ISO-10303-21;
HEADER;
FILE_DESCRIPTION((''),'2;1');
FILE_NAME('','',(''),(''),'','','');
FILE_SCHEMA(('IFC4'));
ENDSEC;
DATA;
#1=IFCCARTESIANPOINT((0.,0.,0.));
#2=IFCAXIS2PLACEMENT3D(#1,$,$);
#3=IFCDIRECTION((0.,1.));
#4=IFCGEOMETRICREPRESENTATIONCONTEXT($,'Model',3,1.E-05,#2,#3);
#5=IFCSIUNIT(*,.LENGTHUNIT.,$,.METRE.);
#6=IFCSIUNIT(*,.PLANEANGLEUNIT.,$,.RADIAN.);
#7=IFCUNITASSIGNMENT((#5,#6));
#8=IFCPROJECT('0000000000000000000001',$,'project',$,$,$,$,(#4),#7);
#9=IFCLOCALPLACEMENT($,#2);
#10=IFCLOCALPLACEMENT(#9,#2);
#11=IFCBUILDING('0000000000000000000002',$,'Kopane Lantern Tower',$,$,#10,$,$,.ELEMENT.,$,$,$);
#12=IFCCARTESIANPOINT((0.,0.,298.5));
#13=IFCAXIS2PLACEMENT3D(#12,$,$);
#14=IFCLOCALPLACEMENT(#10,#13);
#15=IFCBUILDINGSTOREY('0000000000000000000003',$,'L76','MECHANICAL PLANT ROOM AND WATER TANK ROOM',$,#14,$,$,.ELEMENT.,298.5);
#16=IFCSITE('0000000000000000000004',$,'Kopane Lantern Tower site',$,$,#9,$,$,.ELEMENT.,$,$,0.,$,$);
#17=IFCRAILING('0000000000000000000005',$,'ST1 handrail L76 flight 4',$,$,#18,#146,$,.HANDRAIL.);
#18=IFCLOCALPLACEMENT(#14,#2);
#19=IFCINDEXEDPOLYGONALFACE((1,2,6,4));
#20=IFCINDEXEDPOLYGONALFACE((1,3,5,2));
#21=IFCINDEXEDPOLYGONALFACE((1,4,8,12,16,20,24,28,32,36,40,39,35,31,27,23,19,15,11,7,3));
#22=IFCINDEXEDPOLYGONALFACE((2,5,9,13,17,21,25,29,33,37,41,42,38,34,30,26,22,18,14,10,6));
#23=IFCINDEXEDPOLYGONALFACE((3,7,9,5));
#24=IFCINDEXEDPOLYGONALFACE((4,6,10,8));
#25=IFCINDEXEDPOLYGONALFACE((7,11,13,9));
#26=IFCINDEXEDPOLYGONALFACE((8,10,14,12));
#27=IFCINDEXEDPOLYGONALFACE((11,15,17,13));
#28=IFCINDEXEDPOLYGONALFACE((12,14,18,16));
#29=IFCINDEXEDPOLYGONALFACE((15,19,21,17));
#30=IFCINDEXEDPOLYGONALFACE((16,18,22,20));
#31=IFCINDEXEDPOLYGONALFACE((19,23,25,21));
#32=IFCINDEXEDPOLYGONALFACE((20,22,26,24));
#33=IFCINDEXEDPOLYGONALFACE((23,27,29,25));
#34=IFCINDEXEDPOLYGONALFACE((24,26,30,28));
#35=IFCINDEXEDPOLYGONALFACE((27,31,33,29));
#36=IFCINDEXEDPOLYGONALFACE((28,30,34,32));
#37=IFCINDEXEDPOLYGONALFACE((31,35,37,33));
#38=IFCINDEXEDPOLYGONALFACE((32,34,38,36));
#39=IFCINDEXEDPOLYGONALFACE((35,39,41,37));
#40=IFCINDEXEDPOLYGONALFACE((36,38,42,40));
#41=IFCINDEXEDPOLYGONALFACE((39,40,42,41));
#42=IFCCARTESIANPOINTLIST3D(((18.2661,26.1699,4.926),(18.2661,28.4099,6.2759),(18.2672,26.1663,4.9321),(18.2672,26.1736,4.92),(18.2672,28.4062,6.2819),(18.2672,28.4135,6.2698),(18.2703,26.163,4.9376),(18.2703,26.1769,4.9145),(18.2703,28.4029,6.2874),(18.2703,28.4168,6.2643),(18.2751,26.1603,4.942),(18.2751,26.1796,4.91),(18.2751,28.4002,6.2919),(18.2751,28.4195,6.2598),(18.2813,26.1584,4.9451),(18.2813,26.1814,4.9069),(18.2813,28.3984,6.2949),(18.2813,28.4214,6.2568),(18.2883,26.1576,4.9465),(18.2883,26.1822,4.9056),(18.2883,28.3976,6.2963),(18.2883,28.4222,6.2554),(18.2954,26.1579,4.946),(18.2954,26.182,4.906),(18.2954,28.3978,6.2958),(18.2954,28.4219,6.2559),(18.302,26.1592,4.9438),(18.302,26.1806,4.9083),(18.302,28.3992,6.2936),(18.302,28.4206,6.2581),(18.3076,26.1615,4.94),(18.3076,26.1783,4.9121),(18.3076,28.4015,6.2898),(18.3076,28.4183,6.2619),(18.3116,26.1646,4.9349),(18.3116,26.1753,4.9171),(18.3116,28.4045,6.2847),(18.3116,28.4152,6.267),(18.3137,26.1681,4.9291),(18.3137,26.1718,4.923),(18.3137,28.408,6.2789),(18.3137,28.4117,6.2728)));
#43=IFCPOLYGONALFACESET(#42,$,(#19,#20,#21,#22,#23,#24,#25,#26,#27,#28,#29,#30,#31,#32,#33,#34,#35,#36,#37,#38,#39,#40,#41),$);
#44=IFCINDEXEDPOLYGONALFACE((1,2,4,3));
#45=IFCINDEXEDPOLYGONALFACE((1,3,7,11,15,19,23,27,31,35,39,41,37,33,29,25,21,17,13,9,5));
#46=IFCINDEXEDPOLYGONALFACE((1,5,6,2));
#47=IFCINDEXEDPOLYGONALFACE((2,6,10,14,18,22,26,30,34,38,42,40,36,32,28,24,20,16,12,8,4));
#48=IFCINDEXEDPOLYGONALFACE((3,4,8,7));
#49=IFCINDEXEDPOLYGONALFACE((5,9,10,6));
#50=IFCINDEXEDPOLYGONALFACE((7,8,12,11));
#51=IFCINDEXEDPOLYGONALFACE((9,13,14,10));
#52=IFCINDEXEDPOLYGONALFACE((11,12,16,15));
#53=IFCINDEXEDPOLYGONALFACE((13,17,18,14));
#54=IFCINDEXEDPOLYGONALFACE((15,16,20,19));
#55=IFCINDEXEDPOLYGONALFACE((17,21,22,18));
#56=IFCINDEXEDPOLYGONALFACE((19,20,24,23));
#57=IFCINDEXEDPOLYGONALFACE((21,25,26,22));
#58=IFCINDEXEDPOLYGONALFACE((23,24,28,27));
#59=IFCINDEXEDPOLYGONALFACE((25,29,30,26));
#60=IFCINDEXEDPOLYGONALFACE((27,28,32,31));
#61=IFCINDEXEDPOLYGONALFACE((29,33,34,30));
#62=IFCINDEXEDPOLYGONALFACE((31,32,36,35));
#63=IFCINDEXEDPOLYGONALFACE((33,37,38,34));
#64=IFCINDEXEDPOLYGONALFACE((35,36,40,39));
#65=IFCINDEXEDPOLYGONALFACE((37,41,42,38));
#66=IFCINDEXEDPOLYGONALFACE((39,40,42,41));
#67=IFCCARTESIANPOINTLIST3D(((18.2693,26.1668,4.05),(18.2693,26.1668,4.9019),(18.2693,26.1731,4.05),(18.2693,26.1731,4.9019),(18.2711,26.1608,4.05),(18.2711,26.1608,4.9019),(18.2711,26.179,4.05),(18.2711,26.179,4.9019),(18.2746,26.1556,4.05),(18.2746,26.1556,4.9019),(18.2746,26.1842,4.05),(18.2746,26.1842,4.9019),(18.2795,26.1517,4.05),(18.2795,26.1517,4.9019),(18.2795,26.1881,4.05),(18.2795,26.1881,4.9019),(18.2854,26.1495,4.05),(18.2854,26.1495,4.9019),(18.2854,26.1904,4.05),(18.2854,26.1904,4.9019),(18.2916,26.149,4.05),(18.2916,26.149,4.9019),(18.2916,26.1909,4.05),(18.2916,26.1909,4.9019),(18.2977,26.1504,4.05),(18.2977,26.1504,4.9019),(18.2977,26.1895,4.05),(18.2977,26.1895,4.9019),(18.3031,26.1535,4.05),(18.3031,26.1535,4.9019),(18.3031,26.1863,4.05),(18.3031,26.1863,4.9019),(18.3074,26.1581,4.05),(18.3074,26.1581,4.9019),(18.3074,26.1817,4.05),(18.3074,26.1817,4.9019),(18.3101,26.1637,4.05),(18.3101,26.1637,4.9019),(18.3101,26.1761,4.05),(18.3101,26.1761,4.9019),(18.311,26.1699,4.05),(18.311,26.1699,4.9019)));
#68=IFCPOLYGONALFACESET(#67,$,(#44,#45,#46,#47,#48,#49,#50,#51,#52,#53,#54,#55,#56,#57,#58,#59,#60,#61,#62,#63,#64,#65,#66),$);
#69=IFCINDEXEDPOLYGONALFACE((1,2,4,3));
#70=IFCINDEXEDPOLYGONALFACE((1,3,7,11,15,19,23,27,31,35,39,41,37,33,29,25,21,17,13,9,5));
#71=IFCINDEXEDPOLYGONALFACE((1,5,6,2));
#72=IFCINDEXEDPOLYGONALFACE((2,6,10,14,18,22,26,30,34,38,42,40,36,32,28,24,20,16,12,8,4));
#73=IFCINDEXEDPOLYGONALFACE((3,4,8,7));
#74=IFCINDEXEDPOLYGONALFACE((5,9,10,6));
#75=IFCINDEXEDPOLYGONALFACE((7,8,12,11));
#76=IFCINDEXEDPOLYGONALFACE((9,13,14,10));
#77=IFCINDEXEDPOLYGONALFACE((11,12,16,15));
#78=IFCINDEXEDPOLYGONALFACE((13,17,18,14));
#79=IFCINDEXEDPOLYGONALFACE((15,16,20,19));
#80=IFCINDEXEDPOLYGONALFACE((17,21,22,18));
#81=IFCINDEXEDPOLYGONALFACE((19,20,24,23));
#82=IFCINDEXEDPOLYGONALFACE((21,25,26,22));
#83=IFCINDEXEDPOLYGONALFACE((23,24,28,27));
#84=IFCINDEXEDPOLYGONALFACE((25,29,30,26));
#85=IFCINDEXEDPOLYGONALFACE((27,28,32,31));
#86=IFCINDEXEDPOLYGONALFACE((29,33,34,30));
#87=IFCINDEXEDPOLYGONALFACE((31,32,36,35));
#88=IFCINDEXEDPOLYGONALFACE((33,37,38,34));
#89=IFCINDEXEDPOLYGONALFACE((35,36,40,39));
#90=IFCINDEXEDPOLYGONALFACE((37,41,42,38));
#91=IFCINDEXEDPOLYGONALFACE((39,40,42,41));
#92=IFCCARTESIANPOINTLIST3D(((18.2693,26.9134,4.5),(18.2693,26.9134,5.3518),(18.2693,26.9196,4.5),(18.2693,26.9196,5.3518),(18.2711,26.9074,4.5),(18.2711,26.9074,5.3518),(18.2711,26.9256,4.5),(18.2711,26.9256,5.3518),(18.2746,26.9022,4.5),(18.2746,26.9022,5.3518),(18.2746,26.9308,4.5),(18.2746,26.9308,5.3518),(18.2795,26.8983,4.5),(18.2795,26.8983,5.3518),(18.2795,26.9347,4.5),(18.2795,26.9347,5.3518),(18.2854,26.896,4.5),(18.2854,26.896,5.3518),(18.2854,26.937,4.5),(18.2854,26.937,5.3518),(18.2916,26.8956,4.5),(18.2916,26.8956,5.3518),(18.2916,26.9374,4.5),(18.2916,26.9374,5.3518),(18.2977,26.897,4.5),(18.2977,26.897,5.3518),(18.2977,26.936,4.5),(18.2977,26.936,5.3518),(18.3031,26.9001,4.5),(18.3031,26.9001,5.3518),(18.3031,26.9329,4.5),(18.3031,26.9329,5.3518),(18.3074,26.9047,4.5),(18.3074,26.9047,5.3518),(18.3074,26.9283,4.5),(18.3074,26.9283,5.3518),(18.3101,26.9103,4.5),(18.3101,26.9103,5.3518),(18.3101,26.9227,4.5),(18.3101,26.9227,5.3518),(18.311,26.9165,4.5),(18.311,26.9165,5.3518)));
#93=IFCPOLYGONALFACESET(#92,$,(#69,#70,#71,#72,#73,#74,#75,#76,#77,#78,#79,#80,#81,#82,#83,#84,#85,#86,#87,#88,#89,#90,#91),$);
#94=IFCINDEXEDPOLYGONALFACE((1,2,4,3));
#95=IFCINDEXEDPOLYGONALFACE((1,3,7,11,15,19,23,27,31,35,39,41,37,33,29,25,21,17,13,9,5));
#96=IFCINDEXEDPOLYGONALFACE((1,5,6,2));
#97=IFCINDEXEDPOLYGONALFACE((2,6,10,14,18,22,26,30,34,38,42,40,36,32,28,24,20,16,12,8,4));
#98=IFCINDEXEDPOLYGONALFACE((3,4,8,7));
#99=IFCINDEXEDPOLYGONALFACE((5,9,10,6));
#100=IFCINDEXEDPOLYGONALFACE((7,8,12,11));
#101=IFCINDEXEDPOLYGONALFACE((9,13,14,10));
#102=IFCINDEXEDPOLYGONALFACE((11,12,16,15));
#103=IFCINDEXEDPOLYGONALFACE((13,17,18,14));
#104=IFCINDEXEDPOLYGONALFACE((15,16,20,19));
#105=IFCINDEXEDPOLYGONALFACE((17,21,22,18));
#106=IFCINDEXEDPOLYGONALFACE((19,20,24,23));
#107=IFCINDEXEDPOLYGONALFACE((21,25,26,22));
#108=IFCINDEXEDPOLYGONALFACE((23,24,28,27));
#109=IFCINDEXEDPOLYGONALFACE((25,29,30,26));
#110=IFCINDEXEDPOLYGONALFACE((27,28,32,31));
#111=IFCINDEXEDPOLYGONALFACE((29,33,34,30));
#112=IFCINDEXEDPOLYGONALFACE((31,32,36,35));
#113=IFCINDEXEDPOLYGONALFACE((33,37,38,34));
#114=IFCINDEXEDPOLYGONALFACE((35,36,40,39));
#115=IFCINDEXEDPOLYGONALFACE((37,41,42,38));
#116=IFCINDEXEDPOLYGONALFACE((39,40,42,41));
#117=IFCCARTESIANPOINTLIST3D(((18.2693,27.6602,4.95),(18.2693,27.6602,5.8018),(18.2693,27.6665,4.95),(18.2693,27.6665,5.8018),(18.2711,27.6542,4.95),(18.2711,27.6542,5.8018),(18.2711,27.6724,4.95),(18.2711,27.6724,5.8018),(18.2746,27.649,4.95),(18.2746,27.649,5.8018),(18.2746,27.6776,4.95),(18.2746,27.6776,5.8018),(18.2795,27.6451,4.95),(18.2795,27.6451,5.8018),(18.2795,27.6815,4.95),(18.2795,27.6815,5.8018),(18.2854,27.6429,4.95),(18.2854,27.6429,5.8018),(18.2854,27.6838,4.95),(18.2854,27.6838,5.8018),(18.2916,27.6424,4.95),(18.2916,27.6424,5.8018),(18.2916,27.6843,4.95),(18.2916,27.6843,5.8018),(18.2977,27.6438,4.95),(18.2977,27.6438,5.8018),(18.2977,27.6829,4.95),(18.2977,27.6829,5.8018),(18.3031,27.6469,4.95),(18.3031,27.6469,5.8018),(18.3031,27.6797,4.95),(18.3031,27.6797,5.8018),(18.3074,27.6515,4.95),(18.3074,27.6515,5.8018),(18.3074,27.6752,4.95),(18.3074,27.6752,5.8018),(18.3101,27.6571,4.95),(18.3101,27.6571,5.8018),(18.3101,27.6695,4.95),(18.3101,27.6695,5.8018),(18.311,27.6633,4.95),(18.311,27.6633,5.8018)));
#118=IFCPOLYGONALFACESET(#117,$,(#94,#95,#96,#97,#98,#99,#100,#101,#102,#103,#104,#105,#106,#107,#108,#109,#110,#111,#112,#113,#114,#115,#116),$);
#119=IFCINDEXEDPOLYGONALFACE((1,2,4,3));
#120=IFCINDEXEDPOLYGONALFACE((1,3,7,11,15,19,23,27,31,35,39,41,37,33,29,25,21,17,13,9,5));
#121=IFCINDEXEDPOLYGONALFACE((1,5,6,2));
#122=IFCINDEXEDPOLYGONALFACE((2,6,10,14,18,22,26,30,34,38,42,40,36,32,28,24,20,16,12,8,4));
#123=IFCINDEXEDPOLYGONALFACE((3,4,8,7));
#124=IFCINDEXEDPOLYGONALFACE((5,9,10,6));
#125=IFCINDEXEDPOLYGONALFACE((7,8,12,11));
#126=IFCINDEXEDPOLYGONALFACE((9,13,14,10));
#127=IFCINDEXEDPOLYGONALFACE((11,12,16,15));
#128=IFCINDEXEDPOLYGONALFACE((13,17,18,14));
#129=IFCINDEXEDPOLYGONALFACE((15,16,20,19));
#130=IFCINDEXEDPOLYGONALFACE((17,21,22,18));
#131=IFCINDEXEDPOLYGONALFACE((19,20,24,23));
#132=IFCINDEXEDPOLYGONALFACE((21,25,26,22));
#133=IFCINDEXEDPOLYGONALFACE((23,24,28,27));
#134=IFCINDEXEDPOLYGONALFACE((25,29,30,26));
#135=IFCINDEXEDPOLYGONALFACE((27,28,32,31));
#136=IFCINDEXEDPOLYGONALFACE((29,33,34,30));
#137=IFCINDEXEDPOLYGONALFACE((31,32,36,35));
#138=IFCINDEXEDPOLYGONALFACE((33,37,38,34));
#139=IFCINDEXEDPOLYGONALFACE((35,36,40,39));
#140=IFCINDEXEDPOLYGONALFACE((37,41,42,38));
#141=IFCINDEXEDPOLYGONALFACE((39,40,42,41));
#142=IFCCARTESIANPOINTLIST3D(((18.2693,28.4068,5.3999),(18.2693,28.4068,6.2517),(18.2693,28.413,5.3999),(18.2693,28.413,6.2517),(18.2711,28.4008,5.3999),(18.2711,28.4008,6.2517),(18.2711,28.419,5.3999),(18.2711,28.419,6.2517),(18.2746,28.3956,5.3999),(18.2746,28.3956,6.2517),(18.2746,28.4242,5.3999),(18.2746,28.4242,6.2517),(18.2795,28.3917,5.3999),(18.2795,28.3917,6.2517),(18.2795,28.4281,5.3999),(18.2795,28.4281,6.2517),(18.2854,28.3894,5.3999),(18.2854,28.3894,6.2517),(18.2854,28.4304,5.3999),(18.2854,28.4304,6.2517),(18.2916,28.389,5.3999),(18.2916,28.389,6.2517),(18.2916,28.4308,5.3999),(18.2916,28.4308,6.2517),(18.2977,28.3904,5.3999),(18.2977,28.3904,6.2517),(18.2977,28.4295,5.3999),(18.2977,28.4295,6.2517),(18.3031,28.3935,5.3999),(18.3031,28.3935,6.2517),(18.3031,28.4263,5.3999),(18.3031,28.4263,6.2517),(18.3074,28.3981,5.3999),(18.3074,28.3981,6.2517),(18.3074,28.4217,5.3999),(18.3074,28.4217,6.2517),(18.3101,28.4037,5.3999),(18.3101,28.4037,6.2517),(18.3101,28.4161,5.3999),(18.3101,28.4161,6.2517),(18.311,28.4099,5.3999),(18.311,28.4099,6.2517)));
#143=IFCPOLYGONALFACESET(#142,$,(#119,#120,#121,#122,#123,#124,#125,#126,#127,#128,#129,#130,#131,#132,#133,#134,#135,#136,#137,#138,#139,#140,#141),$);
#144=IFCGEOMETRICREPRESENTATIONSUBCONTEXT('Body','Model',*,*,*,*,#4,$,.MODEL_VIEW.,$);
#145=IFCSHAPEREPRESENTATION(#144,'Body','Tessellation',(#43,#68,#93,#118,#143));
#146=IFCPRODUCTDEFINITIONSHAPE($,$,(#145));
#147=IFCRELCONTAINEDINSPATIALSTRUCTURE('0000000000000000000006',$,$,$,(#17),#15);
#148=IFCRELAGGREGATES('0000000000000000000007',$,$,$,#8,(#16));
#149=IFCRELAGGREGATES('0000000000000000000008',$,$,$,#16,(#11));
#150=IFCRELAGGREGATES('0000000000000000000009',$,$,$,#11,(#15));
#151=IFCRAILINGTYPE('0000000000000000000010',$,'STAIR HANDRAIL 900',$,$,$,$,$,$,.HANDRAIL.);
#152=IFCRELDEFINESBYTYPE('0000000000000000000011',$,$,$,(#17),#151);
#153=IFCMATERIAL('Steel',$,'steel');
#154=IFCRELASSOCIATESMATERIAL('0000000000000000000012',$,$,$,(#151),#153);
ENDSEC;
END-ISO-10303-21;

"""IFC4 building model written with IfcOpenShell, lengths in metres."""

from ifc_helpers import new_model, si_unit, direction, frame, origin, origin_2d, place, context, subcontext, project, spatial, circle, extrude, material, type_object, element, save


model = new_model("IFC4")

# Units and contexts
model_context = context("Model", 3, precision=1e-05, world=origin(), true_north=direction((0.0, 1.0)))
body_context = subcontext(model_context, "Body", "Model", "MODEL_VIEW")
ifc_project = project(units=[si_unit("LENGTHUNIT", "METRE"), si_unit("PLANEANGLEUNIT", "RADIAN")], contexts=[model_context])

# Site, building, storey
site_placement = place(None, origin())
site = spatial("IfcSite", under=ifc_project, at=site_placement, Name="Kopane Lantern Tower site", CompositionType="ELEMENT", RefElevation=0.0)
building_placement = place(site_placement, origin())
building = spatial("IfcBuilding", under=site, at=building_placement, Name="Kopane Lantern Tower", CompositionType="ELEMENT")
storey_placement = place(building_placement, frame((0.0, 0.0, 298.5)))
storey = spatial("IfcBuildingStorey", under=building, at=storey_placement, Name="L76", Description="MECHANICAL PLANT ROOM AND WATER TANK ROOM", CompositionType="ELEMENT", Elevation=298.5)

# Railing
ifc_material_1 = material(Name="Steel", Category="steel")
railing_type = type_object("IfcRailingType", Name="STAIR HANDRAIL 900", PredefinedType="HANDRAIL", material=ifc_material_1)
for number, where, name in (
    (1, (18.29, 26.1699, 4.05), "ST1 handrail L76 flight 4"),
):
    element("IfcRailing", number, at=place(storey_placement, frame(where)), inside=storey, type_object=railing_type, Name=name, PredefinedType="HANDRAIL", context=body_context, shape_type="SweptSolid", body=[
        extrude(circle(Radius=0.0239, at=origin_2d()), frame((0.0, 0.0, 0.876), z_axis=(0.0, 0.856503, 0.516142), x_axis=(-1.0, 0.0, 0.0)), (0.0, 0.0, 1.0), 2.6152),
        extrude(circle(Radius=0.021, at=origin_2d()), origin(), (0.0, 0.0, 1.0), 0.8518),
        extrude(circle(Radius=0.021, at=origin_2d()), frame((0.0, 0.7466, 0.45)), (0.0, 0.0, 1.0), 0.8518),
        extrude(circle(Radius=0.021, at=origin_2d()), frame((0.0, 1.4934, 0.8999)), (0.0, 0.0, 1.0), 0.8518),
        extrude(circle(Radius=0.021, at=origin_2d()), frame((0.0, 2.24, 1.3499)), (0.0, 0.0, 1.0), 0.8518),
    ])

save(model, "model.ifc")
